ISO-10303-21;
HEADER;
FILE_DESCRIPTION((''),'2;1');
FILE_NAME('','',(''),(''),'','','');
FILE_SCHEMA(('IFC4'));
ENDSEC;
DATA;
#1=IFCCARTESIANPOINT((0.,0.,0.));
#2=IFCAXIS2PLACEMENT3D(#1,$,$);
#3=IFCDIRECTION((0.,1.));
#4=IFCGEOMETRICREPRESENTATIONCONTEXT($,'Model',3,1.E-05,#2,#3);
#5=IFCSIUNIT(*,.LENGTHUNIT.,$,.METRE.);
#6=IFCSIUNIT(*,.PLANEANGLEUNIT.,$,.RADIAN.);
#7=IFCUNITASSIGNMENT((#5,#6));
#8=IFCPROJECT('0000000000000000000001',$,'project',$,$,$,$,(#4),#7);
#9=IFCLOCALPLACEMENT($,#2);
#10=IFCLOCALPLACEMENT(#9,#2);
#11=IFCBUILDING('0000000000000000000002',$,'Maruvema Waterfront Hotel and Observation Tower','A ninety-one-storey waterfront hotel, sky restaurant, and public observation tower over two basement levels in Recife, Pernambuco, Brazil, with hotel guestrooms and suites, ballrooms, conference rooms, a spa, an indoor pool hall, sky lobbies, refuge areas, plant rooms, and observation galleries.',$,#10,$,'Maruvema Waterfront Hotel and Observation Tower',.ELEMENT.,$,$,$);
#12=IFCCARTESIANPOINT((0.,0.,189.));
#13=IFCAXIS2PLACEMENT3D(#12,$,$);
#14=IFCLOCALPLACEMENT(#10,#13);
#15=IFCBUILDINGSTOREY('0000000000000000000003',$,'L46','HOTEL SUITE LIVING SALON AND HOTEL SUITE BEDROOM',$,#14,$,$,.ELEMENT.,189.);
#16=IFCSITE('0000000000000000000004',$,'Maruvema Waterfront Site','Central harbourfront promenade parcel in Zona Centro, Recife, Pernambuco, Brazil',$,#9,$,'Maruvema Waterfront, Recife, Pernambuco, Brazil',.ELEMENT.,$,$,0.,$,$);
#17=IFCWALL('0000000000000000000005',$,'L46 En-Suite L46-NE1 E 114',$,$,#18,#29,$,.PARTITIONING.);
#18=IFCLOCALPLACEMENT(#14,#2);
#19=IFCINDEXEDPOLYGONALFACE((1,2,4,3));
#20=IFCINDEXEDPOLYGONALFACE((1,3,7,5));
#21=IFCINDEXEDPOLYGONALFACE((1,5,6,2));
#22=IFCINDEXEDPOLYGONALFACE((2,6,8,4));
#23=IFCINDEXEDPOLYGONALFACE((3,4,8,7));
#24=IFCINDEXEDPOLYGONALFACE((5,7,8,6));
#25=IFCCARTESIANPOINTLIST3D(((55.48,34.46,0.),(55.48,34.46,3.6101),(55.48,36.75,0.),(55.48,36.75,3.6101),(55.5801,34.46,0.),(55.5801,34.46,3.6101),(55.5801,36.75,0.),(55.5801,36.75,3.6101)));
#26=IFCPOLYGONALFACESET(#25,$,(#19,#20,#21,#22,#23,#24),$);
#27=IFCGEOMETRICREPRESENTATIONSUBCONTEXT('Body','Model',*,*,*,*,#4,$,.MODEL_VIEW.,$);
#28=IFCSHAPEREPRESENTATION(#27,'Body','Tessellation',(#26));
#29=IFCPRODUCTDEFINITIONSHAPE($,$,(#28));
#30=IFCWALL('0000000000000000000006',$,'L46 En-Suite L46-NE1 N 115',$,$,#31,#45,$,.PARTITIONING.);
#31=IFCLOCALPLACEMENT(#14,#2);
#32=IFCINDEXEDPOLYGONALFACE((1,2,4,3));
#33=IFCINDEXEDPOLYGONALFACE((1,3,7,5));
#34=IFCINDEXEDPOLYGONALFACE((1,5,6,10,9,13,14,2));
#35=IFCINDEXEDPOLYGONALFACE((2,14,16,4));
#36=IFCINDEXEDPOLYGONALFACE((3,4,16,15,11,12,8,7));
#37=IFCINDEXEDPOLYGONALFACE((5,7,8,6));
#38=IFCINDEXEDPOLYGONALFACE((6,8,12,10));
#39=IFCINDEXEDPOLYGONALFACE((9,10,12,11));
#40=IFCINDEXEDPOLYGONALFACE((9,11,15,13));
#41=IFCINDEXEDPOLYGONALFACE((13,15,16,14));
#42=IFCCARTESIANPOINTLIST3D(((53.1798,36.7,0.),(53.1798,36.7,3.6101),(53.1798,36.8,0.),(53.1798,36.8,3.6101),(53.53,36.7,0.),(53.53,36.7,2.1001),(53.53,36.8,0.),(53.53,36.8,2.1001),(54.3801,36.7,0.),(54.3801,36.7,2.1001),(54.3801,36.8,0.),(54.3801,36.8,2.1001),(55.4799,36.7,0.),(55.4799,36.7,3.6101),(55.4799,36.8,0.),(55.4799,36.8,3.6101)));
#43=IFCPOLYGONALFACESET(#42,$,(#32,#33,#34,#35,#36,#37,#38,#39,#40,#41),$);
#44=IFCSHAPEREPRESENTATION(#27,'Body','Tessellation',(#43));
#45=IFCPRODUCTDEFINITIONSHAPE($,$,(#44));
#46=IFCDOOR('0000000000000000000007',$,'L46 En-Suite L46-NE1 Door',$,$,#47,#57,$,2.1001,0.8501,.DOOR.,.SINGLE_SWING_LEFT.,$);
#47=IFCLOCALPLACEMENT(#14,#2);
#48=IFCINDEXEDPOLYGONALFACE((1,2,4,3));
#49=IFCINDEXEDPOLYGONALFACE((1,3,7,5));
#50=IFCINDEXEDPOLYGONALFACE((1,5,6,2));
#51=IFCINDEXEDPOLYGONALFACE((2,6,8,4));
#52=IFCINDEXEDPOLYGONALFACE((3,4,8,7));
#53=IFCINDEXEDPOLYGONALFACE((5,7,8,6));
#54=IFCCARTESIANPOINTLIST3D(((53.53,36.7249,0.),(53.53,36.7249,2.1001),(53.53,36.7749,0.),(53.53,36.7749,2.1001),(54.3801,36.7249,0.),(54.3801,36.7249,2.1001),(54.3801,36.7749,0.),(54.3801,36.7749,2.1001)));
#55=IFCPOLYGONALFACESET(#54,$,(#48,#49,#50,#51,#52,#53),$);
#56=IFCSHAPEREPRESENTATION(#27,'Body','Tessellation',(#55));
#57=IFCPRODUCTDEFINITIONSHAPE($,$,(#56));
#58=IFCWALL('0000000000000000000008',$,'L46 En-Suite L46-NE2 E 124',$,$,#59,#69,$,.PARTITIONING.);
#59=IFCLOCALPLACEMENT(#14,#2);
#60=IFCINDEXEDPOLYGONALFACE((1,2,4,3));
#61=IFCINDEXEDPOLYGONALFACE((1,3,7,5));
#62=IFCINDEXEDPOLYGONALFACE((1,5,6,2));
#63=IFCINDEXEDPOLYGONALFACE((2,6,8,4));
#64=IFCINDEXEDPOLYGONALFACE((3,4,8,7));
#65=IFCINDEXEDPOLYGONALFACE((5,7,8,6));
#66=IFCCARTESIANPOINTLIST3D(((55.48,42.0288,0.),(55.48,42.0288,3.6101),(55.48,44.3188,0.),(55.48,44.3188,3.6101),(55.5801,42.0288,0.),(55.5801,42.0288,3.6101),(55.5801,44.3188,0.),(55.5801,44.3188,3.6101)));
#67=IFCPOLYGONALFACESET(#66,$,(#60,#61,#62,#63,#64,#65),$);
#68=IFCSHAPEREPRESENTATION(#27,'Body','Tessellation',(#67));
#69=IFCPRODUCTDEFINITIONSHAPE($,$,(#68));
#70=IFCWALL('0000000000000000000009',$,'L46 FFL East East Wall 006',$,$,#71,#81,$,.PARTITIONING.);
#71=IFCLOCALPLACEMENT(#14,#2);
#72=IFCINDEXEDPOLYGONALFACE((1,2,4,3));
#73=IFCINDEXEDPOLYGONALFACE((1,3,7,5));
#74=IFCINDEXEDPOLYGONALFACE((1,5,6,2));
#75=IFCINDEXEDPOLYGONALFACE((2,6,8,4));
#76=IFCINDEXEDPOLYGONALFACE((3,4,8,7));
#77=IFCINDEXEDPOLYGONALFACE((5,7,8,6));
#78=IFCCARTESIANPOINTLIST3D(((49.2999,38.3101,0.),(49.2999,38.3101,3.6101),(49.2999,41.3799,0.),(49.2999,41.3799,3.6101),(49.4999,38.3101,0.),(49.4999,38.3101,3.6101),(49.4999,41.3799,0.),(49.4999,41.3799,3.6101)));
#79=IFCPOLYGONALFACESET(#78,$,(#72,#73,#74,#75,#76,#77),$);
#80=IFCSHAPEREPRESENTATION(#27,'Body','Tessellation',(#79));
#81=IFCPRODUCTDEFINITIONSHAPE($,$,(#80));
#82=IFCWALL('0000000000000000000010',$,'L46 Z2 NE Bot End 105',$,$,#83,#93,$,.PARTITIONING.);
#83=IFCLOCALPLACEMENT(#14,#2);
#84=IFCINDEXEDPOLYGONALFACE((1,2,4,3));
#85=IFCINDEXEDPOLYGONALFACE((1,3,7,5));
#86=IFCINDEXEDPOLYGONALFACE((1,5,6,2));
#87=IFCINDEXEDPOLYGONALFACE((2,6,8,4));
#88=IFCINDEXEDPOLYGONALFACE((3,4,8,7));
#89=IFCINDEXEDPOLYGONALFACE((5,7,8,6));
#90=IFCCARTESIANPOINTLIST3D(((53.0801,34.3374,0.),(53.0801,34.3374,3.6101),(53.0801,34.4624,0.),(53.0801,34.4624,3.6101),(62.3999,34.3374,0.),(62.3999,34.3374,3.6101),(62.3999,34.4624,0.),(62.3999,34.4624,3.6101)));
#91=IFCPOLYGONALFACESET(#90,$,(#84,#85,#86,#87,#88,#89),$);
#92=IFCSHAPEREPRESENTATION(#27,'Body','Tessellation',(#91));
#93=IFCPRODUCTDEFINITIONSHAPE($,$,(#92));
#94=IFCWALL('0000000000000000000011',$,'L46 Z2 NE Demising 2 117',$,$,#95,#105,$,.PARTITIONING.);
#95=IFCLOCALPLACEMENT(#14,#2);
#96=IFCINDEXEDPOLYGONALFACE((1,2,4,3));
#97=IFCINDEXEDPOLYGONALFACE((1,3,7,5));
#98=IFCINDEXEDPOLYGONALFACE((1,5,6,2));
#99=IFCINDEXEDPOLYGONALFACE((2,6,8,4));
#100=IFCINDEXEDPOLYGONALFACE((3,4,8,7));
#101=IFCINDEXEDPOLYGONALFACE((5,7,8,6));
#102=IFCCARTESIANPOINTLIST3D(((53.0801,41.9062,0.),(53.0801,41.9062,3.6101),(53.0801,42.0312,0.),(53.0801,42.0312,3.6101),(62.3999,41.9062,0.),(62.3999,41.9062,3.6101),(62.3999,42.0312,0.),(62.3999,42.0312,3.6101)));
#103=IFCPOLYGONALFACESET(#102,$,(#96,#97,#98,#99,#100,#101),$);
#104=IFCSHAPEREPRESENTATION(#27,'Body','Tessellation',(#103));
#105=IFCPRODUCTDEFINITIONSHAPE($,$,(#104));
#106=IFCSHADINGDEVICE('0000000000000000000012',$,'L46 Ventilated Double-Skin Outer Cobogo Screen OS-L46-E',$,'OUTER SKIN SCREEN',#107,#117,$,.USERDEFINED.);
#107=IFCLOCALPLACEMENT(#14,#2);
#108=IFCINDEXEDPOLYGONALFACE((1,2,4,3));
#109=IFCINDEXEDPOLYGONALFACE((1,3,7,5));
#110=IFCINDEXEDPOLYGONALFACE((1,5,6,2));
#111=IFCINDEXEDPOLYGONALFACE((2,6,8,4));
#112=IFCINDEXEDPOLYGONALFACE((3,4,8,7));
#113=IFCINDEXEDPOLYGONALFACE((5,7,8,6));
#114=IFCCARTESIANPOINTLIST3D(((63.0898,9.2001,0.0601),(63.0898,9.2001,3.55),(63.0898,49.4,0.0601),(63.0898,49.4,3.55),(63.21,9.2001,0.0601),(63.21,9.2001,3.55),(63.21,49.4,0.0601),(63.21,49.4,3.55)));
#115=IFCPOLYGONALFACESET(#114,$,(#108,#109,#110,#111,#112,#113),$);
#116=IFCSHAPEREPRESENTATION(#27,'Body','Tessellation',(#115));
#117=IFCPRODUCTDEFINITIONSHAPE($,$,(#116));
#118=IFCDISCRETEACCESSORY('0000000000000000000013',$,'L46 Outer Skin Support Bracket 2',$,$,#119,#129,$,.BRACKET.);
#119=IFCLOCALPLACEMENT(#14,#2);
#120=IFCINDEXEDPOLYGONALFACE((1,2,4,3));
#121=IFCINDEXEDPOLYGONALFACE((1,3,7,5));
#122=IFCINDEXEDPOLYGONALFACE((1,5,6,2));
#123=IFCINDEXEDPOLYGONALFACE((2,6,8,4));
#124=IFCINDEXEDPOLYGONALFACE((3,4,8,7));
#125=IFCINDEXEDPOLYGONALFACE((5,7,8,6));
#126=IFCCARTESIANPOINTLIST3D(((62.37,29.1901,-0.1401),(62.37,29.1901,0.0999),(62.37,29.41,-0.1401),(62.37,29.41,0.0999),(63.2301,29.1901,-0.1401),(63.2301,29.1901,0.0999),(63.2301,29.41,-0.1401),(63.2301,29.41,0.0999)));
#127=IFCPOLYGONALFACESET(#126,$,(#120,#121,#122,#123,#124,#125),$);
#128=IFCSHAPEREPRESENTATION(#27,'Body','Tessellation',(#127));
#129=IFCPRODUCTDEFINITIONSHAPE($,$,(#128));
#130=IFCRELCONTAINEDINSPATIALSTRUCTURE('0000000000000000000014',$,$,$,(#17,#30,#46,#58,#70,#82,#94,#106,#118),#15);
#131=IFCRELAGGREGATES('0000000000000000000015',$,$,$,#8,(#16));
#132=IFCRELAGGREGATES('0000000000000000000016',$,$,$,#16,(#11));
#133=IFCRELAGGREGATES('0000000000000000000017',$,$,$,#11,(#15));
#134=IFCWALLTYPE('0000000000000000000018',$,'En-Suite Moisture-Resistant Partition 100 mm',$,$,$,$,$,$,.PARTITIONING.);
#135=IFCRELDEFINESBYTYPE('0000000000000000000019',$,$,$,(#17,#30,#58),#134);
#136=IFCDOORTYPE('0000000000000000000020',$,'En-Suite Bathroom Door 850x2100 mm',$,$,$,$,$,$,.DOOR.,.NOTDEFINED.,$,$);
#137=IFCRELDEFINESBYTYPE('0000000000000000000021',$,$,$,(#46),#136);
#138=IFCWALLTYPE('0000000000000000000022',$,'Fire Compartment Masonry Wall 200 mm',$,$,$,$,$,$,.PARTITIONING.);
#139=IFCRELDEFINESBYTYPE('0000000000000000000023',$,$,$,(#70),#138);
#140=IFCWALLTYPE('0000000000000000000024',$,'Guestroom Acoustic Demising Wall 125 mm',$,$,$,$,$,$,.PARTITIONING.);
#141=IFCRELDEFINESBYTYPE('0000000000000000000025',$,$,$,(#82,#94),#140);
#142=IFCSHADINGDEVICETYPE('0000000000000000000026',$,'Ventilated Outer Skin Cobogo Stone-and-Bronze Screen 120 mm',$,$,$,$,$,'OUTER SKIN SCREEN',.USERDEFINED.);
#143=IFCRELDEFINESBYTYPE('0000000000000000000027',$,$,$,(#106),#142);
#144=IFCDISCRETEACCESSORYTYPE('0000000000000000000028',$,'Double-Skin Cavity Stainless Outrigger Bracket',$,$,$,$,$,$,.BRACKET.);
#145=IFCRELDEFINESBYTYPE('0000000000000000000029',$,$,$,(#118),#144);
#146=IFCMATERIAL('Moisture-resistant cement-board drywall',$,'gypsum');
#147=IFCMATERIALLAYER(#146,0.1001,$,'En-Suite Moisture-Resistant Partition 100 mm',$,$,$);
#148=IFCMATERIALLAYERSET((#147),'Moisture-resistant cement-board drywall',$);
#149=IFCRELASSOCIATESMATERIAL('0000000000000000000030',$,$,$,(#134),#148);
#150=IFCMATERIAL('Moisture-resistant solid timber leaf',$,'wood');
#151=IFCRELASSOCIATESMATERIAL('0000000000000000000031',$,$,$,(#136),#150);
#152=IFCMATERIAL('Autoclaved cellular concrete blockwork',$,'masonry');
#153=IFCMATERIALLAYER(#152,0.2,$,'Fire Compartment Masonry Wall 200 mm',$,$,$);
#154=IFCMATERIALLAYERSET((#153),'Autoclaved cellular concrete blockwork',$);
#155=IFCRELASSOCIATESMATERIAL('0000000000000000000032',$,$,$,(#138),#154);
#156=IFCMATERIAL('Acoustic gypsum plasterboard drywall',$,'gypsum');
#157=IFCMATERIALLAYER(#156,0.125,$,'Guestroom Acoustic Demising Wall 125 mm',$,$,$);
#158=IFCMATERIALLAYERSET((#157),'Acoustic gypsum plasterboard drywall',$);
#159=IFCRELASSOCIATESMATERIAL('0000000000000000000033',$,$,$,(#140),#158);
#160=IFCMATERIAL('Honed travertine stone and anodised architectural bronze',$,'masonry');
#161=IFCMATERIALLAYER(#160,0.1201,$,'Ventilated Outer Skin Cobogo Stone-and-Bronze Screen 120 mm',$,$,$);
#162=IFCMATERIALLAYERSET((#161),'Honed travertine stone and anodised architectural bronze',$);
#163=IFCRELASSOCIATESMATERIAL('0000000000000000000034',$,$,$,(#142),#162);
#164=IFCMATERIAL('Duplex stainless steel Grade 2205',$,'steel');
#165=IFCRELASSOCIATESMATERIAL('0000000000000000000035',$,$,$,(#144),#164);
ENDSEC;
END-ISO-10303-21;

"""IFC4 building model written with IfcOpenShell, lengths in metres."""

from ifc_helpers import new_model, si_unit, direction, frame, frame_2d, origin, origin_2d, place, context, subcontext, project, spatial, rectangle, extrude, material, layer, layer_set, type_object, element, fill, save


model = new_model("IFC4")

# Units and contexts
model_context = context("Model", 3, precision=1e-05, world=origin(), true_north=direction((0.0, 1.0)))
body_context = subcontext(model_context, "Body", "Model", "MODEL_VIEW")
ifc_project = project(units=[si_unit("LENGTHUNIT", "METRE"), si_unit("PLANEANGLEUNIT", "RADIAN")], contexts=[model_context])

# Site, building, storey
site_placement = place(None, origin())
site = spatial("IfcSite", under=ifc_project, at=site_placement, Name="Maruvema Waterfront Site", Description="Central harbourfront promenade parcel in Zona Centro, Recife, Pernambuco, Brazil", LongName="Maruvema Waterfront, Recife, Pernambuco, Brazil", CompositionType="ELEMENT", RefElevation=0.0)
building_placement = place(site_placement, origin())
building = spatial("IfcBuilding", under=site, at=building_placement, Name="Maruvema Waterfront Hotel and Observation Tower", Description="A ninety-one-storey waterfront hotel, sky restaurant, and public observation tower over two basement levels in Recife, Pernambuco, Brazil, with hotel guestrooms and suites, ballrooms, conference rooms, a spa, an indoor pool hall, sky lobbies, refuge areas, plant rooms, and observation galleries.", LongName="Maruvema Waterfront Hotel and Observation Tower", CompositionType="ELEMENT")
storey_placement = place(building_placement, frame((0.0, 0.0, 189.0)))
storey = spatial("IfcBuildingStorey", under=building, at=storey_placement, Name="L46", Description="HOTEL SUITE LIVING SALON AND HOTEL SUITE BEDROOM", CompositionType="ELEMENT", Elevation=189.0)

# Wall
ifc_material_1 = material(Name="Moisture-resistant cement-board drywall", Category="gypsum")
ifc_layer_1 = layer(ifc_material_1, 0.1001, Name="En-Suite Moisture-Resistant Partition 100 mm")
ifc_layer_set_1 = layer_set([ifc_layer_1], Name="Moisture-resistant cement-board drywall")
wall_type_1 = type_object("IfcWallType", Name="En-Suite Moisture-Resistant Partition 100 mm", PredefinedType="PARTITIONING", material=ifc_layer_set_1)
wall_1_placement = place(storey_placement, frame((55.53, 34.46, 0.0), z_axis=(0.0, 0.0, 1.0), x_axis=(0.0, 1.0, 0.0)))
element("IfcWall", 1, at=wall_1_placement, inside=storey, type_object=wall_type_1, Name="L46 En-Suite L46-NE1 E 114", PredefinedType="PARTITIONING", context=body_context, shape_type="SweptSolid", body=[
    extrude(rectangle(XDim=2.29, YDim=0.1001, at=frame_2d((1.145, 0.0))), origin(), (0.0, 0.0, 1.0), 3.6101),
])

# Wall, opening, door
wall_2_placement = place(storey_placement, frame((53.1799, 36.75, 0.0), z_axis=(0.0, 0.0, 1.0), x_axis=(1.0, 0.0, 0.0)))
wall_2 = element("IfcWall", 2, at=wall_2_placement, inside=storey, type_object=wall_type_1, Name="L46 En-Suite L46-NE1 N 115", PredefinedType="PARTITIONING", context=body_context, shape_type="SweptSolid", body=[
    extrude(rectangle(XDim=2.3, YDim=0.1001, at=frame_2d((1.1499, 0.0))), origin(), (0.0, 0.0, 1.0), 3.6101),
])
opening_1_placement = place(wall_2_placement, frame((0.3501, 0.0, 0.0)))
opening_1 = element("IfcOpeningElement", 3, at=opening_1_placement, cuts=wall_2, PredefinedType="OPENING", context=body_context, shape_type="SweptSolid", body=[
    extrude(rectangle(XDim=0.8501, YDim=2.1001, at=frame_2d((0.425, 1.05))), frame((0.0, 0.0601, 0.0), z_axis=(0.0, -1.0, 0.0), x_axis=(1.0, 0.0, 0.0)), (0.0, 0.0, 1.0), 0.1201),
])
ifc_material_2 = material(Name="Moisture-resistant solid timber leaf", Category="wood")
door_type_1 = type_object("IfcDoorType", Name="En-Suite Bathroom Door 850x2100 mm", OperationType="NOTDEFINED", PredefinedType="DOOR", material=ifc_material_2)
door_1_placement = place(opening_1_placement, origin())
door_1 = element("IfcDoor", 4, at=door_1_placement, inside=storey, type_object=door_type_1, Name="L46 En-Suite L46-NE1 Door", OperationType="SINGLE_SWING_LEFT", OverallHeight=2.1001, OverallWidth=0.8501, PredefinedType="DOOR", context=body_context, shape_type="SweptSolid", body=[
    extrude(rectangle(XDim=0.8501, YDim=2.1001, at=frame_2d((0.425, 1.05))), frame((0.0, 0.0249, 0.0), z_axis=(0.0, -1.0, 0.0), x_axis=(1.0, 0.0, 0.0)), (0.0, 0.0, 1.0), 0.05),
])
fill(opening_1, door_1)

# Walls
wall_3_placement = place(storey_placement, frame((55.53, 42.0288, 0.0), z_axis=(0.0, 0.0, 1.0), x_axis=(0.0, 1.0, 0.0)))
element("IfcWall", 5, at=wall_3_placement, inside=storey, type_object=wall_type_1, Name="L46 En-Suite L46-NE2 E 124", PredefinedType="PARTITIONING", context=body_context, shape_type="SweptSolid", body=[
    extrude(rectangle(XDim=2.29, YDim=0.1001, at=frame_2d((1.145, 0.0))), origin(), (0.0, 0.0, 1.0), 3.6101),
])
ifc_material_3 = material(Name="Autoclaved cellular concrete blockwork", Category="masonry")
ifc_layer_2 = layer(ifc_material_3, 0.2, Name="Fire Compartment Masonry Wall 200 mm")
ifc_layer_set_2 = layer_set([ifc_layer_2], Name="Autoclaved cellular concrete blockwork")
wall_type_2 = type_object("IfcWallType", Name="Fire Compartment Masonry Wall 200 mm", PredefinedType="PARTITIONING", material=ifc_layer_set_2)
wall_4_placement = place(storey_placement, frame((49.3999, 38.3101, 0.0), z_axis=(0.0, 0.0, 1.0), x_axis=(0.0, 1.0, 0.0)))
element("IfcWall", 6, at=wall_4_placement, inside=storey, type_object=wall_type_2, Name="L46 FFL East East Wall 006", PredefinedType="PARTITIONING", context=body_context, shape_type="SweptSolid", body=[
    extrude(rectangle(XDim=3.0698, YDim=0.2, at=frame_2d((1.5349, 0.0))), origin(), (0.0, 0.0, 1.0), 3.6101),
])
ifc_material_4 = material(Name="Acoustic gypsum plasterboard drywall", Category="gypsum")
ifc_layer_3 = layer(ifc_material_4, 0.125, Name="Guestroom Acoustic Demising Wall 125 mm")
ifc_layer_set_3 = layer_set([ifc_layer_3], Name="Acoustic gypsum plasterboard drywall")
wall_type_3 = type_object("IfcWallType", Name="Guestroom Acoustic Demising Wall 125 mm", PredefinedType="PARTITIONING", material=ifc_layer_set_3)
for number, where, z_axis, x_axis, name in (
    (7, (53.0801, 34.3999, 0.0), (0.0, 0.0, 1.0), (1.0, 0.0, 0.0), "L46 Z2 NE Bot End 105"),
    (8, (53.0801, 41.9688, 0.0), (0.0, 0.0, 1.0), (1.0, 0.0, 0.0), "L46 Z2 NE Demising 2 117"),
):
    element("IfcWall", number, at=place(storey_placement, frame(where, z_axis=z_axis, x_axis=x_axis)), inside=storey, type_object=wall_type_3, Name=name, PredefinedType="PARTITIONING", context=body_context, shape_type="SweptSolid", body=[
        extrude(rectangle(XDim=9.3198, YDim=0.125, at=frame_2d((4.6599, 0.0))), origin(), (0.0, 0.0, 1.0), 3.6101),
    ])

# Shading device
ifc_material_5 = material(Name="Honed travertine stone and anodised architectural bronze", Category="masonry")
ifc_layer_4 = layer(ifc_material_5, 0.1201, Name="Ventilated Outer Skin Cobogo Stone-and-Bronze Screen 120 mm")
ifc_layer_set_4 = layer_set([ifc_layer_4], Name="Honed travertine stone and anodised architectural bronze")
shading_device_type = type_object("IfcShadingDeviceType", Name="Ventilated Outer Skin Cobogo Stone-and-Bronze Screen 120 mm", ElementType="OUTER SKIN SCREEN", PredefinedType="USERDEFINED", material=ifc_layer_set_4)
shading_device_placement = place(storey_placement, frame((63.1499, 29.3, 0.0601), z_axis=(0.0, 0.0, 1.0), x_axis=(0.0, 1.0, 0.0)))
element("IfcShadingDevice", 9, at=shading_device_placement, inside=storey, type_object=shading_device_type, Name="L46 Ventilated Double-Skin Outer Cobogo Screen OS-L46-E", ObjectType="OUTER SKIN SCREEN", PredefinedType="USERDEFINED", context=body_context, shape_type="SweptSolid", body=[
    extrude(rectangle(XDim=40.2, YDim=0.1201, at=origin_2d()), origin(), (0.0, 0.0, 1.0), 3.49),
])

# Discrete accessory
ifc_material_6 = material(Name="Duplex stainless steel Grade 2205", Category="steel")
discrete_accessory_type = type_object("IfcDiscreteAccessoryType", Name="Double-Skin Cavity Stainless Outrigger Bracket", PredefinedType="BRACKET", material=ifc_material_6)
discrete_accessory_placement = place(storey_placement, frame((62.8, 29.3, -0.1401), z_axis=(0.0, 0.0, 1.0), x_axis=(0.0, 1.0, 0.0)))
element("IfcDiscreteAccessory", 10, at=discrete_accessory_placement, inside=storey, type_object=discrete_accessory_type, Name="L46 Outer Skin Support Bracket 2", PredefinedType="BRACKET", context=body_context, shape_type="SweptSolid", body=[
    extrude(rectangle(XDim=0.22, YDim=0.8601, at=origin_2d()), origin(), (0.0, 0.0, 1.0), 0.24),
])

save(model, "model.ifc")
